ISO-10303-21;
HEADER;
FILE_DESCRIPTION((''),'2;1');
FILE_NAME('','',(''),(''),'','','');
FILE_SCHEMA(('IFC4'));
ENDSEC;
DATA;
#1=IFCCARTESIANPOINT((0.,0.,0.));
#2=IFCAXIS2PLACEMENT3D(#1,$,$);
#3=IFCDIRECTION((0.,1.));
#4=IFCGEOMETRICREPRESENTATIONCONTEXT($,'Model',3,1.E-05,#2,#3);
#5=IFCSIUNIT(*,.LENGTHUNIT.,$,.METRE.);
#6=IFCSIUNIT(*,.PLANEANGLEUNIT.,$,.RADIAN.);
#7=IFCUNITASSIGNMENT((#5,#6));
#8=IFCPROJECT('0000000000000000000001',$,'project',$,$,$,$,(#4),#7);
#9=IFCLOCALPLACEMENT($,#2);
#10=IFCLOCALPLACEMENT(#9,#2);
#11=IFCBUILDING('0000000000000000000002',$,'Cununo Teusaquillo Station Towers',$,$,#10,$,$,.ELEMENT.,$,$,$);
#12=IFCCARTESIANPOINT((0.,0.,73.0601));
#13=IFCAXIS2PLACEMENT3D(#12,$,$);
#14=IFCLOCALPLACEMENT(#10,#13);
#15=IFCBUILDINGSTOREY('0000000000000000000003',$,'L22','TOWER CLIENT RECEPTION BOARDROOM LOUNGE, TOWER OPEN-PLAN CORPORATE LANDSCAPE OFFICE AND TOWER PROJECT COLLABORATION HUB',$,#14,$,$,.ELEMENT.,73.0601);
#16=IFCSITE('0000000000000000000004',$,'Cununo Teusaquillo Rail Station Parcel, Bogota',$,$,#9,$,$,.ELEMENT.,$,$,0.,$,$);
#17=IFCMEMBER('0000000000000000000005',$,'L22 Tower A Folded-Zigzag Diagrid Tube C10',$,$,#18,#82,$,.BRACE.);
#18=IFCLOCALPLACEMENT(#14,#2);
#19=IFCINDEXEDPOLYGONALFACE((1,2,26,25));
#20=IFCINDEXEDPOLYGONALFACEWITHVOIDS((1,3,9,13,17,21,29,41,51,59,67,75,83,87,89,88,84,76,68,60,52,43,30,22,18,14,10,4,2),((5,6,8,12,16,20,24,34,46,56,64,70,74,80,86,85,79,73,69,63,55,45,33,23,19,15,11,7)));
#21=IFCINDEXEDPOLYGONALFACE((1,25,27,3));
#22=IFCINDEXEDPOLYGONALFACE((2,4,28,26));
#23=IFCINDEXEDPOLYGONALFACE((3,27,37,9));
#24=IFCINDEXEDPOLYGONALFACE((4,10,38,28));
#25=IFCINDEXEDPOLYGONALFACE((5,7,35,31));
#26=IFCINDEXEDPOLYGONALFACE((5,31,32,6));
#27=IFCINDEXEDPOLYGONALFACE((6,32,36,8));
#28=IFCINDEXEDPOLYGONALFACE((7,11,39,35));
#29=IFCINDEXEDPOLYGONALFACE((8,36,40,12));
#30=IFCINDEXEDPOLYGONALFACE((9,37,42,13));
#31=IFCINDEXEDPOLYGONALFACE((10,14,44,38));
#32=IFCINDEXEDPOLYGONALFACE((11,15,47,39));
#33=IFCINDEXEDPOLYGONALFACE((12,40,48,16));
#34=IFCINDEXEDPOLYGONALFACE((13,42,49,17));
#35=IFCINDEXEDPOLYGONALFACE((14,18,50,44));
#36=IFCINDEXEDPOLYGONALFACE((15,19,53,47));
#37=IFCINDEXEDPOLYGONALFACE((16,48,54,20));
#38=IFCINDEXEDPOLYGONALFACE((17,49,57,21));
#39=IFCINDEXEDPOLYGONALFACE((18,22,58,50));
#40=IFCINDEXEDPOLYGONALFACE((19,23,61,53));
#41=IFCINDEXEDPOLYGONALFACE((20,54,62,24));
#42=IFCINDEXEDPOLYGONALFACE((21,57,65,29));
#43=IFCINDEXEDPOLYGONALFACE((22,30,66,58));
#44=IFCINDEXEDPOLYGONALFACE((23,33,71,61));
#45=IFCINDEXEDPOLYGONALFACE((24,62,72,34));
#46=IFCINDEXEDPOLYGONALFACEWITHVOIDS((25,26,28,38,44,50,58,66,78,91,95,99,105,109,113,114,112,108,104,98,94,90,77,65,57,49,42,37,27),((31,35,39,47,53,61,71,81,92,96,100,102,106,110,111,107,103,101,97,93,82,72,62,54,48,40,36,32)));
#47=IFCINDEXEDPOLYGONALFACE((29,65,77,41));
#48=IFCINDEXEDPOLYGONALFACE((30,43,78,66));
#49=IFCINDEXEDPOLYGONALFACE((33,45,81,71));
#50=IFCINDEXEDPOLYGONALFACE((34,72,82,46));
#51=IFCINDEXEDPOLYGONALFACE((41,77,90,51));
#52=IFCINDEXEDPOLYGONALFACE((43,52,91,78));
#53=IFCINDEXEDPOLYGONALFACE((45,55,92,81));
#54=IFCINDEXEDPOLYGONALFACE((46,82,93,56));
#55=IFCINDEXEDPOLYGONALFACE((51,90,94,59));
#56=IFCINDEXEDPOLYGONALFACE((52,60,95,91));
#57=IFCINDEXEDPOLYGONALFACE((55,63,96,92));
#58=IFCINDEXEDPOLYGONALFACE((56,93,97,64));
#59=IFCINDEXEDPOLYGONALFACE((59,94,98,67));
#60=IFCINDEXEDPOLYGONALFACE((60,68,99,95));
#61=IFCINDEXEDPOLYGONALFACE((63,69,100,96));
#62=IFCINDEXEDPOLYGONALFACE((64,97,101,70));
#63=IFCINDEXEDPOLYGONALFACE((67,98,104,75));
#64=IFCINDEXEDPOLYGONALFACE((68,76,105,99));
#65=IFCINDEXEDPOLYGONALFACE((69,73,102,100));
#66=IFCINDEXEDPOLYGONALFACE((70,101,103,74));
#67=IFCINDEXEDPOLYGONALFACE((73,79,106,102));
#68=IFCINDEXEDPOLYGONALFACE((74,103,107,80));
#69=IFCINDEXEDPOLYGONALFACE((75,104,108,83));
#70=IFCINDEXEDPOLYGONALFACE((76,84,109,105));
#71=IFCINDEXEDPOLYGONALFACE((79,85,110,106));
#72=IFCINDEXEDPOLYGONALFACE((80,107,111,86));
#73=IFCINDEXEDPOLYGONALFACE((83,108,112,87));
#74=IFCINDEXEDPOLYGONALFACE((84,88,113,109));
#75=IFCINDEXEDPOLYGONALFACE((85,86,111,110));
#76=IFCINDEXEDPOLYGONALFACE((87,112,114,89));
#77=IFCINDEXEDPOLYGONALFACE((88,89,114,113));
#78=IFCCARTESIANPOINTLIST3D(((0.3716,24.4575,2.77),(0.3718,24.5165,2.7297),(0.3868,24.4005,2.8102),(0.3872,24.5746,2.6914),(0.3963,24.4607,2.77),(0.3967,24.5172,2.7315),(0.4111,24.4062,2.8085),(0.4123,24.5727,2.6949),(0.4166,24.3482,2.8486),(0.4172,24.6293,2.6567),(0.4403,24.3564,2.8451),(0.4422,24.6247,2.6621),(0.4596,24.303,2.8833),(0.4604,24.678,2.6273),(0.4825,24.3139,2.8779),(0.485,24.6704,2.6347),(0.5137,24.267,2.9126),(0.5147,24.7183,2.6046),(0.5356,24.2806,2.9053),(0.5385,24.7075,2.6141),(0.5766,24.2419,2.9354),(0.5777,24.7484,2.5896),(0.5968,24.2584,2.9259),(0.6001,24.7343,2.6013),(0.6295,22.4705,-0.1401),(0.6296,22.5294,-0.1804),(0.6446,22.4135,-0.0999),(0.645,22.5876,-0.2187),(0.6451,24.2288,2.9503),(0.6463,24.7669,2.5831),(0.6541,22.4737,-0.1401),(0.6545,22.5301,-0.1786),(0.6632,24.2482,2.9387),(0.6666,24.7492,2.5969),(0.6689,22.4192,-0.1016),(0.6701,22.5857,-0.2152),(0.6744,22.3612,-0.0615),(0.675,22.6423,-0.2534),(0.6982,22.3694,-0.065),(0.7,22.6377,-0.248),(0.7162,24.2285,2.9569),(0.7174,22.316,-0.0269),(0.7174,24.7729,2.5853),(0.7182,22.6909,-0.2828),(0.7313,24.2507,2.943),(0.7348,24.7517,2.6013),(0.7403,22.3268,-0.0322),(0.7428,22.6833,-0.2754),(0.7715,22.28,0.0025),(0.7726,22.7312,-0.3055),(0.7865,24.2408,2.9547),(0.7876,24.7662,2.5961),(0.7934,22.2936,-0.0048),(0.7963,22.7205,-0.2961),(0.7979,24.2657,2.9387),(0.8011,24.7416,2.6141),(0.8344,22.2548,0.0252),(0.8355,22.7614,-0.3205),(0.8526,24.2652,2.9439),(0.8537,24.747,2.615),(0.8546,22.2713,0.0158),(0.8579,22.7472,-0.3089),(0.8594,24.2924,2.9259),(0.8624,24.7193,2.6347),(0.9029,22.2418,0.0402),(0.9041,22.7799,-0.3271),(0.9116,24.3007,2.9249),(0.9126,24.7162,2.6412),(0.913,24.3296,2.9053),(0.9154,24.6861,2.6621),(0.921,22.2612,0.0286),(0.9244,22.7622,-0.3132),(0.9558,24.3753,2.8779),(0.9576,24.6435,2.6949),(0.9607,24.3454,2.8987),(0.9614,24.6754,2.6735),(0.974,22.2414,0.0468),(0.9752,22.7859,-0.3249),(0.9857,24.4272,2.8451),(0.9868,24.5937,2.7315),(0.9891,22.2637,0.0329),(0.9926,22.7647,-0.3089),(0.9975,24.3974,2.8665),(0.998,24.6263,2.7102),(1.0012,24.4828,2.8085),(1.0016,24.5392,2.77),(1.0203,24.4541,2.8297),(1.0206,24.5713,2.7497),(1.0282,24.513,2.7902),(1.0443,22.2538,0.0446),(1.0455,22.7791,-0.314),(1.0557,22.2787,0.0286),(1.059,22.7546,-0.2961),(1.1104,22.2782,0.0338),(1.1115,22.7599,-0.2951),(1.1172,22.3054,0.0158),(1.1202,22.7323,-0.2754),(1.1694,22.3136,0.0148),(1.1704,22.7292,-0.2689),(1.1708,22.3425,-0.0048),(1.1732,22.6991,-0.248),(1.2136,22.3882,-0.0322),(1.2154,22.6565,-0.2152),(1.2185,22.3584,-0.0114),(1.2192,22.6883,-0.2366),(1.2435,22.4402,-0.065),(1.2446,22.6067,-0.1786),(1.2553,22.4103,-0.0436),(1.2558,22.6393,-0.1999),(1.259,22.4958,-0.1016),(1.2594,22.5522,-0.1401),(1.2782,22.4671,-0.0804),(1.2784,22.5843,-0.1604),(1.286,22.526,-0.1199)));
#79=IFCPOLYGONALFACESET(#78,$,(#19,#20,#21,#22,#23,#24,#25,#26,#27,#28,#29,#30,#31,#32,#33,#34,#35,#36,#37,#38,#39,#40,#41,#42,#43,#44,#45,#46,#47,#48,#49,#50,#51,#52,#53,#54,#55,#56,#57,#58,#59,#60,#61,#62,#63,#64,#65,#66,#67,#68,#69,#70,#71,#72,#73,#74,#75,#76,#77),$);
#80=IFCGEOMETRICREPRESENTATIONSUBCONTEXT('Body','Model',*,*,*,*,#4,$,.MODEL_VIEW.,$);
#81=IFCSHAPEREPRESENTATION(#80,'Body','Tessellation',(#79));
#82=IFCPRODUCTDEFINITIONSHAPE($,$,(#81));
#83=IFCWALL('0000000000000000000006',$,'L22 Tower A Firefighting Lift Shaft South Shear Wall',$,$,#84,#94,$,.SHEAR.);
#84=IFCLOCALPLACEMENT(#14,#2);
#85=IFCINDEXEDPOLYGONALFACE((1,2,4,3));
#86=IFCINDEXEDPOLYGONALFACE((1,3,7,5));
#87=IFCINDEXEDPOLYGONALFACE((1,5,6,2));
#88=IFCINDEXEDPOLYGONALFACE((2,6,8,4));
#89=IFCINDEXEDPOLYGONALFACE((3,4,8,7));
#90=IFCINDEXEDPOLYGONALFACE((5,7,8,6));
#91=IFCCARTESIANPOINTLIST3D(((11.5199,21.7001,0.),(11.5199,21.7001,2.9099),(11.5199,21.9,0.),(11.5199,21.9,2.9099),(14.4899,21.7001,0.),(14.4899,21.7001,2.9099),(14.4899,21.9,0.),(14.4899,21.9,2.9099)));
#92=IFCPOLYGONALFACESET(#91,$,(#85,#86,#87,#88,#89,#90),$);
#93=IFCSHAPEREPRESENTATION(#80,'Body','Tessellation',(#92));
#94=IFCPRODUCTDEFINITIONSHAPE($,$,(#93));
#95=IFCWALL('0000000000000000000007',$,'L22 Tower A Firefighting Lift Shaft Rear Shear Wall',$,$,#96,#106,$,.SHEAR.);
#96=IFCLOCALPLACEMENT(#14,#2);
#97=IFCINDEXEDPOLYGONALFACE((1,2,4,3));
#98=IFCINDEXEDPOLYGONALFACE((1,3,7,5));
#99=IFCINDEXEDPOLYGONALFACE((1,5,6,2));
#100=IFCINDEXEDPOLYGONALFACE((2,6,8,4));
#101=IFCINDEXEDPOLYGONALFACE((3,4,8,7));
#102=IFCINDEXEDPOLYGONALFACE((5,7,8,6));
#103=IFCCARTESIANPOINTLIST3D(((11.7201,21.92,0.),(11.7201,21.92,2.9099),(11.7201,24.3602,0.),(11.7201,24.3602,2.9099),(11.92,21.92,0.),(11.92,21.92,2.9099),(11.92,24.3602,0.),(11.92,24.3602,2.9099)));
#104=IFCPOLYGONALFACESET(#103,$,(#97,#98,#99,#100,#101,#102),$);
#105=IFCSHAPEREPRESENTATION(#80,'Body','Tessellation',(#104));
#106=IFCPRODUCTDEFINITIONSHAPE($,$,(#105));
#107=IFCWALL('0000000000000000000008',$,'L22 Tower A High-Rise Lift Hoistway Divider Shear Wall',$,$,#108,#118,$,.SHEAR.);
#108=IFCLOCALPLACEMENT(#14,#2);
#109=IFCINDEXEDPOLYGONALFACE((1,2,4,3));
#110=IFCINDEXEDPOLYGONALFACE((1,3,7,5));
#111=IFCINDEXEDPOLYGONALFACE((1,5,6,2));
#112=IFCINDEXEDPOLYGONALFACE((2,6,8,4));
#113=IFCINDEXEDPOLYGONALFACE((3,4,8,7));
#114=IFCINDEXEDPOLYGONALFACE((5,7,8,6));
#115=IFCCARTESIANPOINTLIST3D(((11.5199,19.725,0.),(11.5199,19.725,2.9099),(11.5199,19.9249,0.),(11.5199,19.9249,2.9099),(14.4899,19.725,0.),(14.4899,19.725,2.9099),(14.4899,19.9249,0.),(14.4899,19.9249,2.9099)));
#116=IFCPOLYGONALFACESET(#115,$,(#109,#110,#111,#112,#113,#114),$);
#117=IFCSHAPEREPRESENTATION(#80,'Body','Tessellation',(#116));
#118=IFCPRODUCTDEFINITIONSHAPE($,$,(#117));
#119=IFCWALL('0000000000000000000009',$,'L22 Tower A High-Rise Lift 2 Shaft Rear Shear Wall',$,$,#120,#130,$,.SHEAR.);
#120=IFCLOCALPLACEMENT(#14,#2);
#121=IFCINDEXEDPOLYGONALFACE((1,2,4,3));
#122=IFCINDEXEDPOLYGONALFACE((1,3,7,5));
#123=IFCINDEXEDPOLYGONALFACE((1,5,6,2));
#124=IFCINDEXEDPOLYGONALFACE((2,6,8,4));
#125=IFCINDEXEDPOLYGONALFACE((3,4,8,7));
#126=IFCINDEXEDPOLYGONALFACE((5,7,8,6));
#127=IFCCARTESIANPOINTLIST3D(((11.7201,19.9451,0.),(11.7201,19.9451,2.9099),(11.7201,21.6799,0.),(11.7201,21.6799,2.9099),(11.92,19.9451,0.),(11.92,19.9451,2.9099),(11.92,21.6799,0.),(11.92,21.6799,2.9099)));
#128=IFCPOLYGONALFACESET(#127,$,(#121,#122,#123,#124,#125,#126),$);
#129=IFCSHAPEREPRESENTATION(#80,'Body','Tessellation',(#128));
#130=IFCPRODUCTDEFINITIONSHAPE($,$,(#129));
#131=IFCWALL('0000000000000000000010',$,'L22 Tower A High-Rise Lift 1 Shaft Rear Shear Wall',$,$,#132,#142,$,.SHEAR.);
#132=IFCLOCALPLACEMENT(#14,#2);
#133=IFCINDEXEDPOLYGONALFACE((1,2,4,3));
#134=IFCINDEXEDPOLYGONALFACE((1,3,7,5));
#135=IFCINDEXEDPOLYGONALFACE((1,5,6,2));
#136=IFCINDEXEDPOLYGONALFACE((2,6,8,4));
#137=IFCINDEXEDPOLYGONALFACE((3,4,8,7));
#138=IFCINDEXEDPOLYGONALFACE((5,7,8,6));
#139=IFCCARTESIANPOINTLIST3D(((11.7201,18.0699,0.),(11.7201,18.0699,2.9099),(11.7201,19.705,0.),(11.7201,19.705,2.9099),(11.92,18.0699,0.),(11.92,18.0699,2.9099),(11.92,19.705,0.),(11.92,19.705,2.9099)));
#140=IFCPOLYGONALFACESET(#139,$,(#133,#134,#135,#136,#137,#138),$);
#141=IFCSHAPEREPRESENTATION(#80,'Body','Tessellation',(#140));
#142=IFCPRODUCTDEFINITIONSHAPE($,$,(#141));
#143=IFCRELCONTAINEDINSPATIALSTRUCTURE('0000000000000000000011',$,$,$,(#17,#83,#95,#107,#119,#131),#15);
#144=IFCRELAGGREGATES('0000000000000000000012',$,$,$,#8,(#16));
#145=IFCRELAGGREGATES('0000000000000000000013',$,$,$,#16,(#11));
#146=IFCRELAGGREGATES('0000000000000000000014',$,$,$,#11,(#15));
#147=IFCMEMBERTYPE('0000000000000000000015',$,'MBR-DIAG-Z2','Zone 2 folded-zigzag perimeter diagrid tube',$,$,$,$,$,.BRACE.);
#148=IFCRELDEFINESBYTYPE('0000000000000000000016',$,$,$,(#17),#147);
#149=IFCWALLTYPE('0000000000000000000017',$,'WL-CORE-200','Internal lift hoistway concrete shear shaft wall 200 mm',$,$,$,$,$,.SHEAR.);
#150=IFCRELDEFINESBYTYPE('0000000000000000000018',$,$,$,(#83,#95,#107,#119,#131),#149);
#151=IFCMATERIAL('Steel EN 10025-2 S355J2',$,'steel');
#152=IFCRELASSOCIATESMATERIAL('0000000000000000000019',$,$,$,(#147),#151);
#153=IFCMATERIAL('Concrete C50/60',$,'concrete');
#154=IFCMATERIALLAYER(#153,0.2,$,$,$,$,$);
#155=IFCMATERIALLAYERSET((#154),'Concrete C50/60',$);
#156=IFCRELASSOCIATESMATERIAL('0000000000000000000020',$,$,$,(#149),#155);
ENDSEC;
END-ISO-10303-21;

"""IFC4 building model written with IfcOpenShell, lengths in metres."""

from ifc_helpers import new_model, si_unit, direction, frame, frame_2d, origin, origin_2d, place, context, subcontext, project, spatial, rectangle, hollow_circle, extrude, material, layer, layer_set, material_profile, profile_set, type_object, element, save


model = new_model("IFC4")

# Units and contexts
model_context = context("Model", 3, precision=1e-05, world=origin(), true_north=direction((0.0, 1.0)))
body_context = subcontext(model_context, "Body", "Model", "MODEL_VIEW")
ifc_project = project(units=[si_unit("LENGTHUNIT", "METRE"), si_unit("PLANEANGLEUNIT", "RADIAN")], contexts=[model_context])

# Site, building, storey
site_placement = place(None, origin())
site = spatial("IfcSite", under=ifc_project, at=site_placement, Name="Cununo Teusaquillo Rail Station Parcel, Bogota", CompositionType="ELEMENT", RefElevation=0.0)
building_placement = place(site_placement, origin())
building = spatial("IfcBuilding", under=site, at=building_placement, Name="Cununo Teusaquillo Station Towers", CompositionType="ELEMENT")
storey_placement = place(building_placement, frame((0.0, 0.0, 73.0601)))
storey = spatial("IfcBuildingStorey", under=building, at=storey_placement, Name="L22", Description="TOWER CLIENT RECEPTION BOARDROOM LOUNGE, TOWER OPEN-PLAN CORPORATE LANDSCAPE OFFICE AND TOWER PROJECT COLLABORATION HUB", CompositionType="ELEMENT", Elevation=73.0601)

# Member
ifc_material_1 = material(Name="Steel EN 10025-2 S355J2", Category="steel")
ifc_material_profile_1 = material_profile(ifc_material_1, hollow_circle(Radius=0.3301, WallThickness=0.0249, at=origin_2d()), Name="CHS 660x25")
ifc_profile_set_1 = profile_set([ifc_material_profile_1], Name="Steel EN 10025-2 S355J2")
member_type = type_object("IfcMemberType", Name="MBR-DIAG-Z2", Description="Zone 2 folded-zigzag perimeter diagrid tube", PredefinedType="BRACE", material=ifc_profile_set_1)
member_placement = place(storey_placement, frame((0.9568, 22.5129, -0.1401), z_axis=(-0.072967, 0.562388, 0.823648), x_axis=(-0.991688, -0.128667, 0.0)))
element("IfcMember", 1, at=member_placement, inside=storey, type_object=member_type, Name="L22 Tower A Folded-Zigzag Diagrid Tube C10", PredefinedType="BRACE", context=body_context, shape_type="SweptSolid", body=[
    extrude(hollow_circle(Radius=0.3301, WallThickness=0.0249, at=origin_2d()), origin(), (0.0, 0.0, 1.0), 3.5332),
])

# Walls
ifc_material_2 = material(Name="Concrete C50/60", Category="concrete")
ifc_layer_1 = layer(ifc_material_2, 0.2)
ifc_layer_set_1 = layer_set([ifc_layer_1], Name="Concrete C50/60")
wall_type_1 = type_object("IfcWallType", Name="WL-CORE-200", Description="Internal lift hoistway concrete shear shaft wall 200 mm", PredefinedType="SHEAR", material=ifc_layer_set_1)
wall_1_placement = place(storey_placement, frame((11.52, 21.8, 0.0), z_axis=(0.0, 0.0, 1.0), x_axis=(1.0, 0.0, 0.0)))
element("IfcWall", 2, at=wall_1_placement, inside=storey, type_object=wall_type_1, Name="L22 Tower A Firefighting Lift Shaft South Shear Wall", PredefinedType="SHEAR", context=body_context, shape_type="SweptSolid", body=[
    extrude(rectangle(XDim=2.97, YDim=0.2, at=frame_2d((1.4849, 0.0))), origin(), (0.0, 0.0, 1.0), 2.9099),
])
wall_2_placement = place(storey_placement, frame((11.8201, 21.9199, 0.0), z_axis=(0.0, 0.0, 1.0), x_axis=(0.0, 1.0, 0.0)))
element("IfcWall", 3, at=wall_2_placement, inside=storey, type_object=wall_type_1, Name="L22 Tower A Firefighting Lift Shaft Rear Shear Wall", PredefinedType="SHEAR", context=body_context, shape_type="SweptSolid", body=[
    extrude(rectangle(XDim=2.4402, YDim=0.2, at=frame_2d((1.2202, 0.0))), origin(), (0.0, 0.0, 1.0), 2.9099),
])
wall_3_placement = place(storey_placement, frame((11.52, 19.825, 0.0), z_axis=(0.0, 0.0, 1.0), x_axis=(1.0, 0.0, 0.0)))
element("IfcWall", 4, at=wall_3_placement, inside=storey, type_object=wall_type_1, Name="L22 Tower A High-Rise Lift Hoistway Divider Shear Wall", PredefinedType="SHEAR", context=body_context, shape_type="SweptSolid", body=[
    extrude(rectangle(XDim=2.97, YDim=0.2, at=frame_2d((1.4849, 0.0))), origin(), (0.0, 0.0, 1.0), 2.9099),
])
wall_4_placement = place(storey_placement, frame((11.8201, 19.9451, 0.0), z_axis=(0.0, 0.0, 1.0), x_axis=(0.0, 1.0, 0.0)))
element("IfcWall", 5, at=wall_4_placement, inside=storey, type_object=wall_type_1, Name="L22 Tower A High-Rise Lift 2 Shaft Rear Shear Wall", PredefinedType="SHEAR", context=body_context, shape_type="SweptSolid", body=[
    extrude(rectangle(XDim=1.7349, YDim=0.2, at=frame_2d((0.8674, 0.0))), origin(), (0.0, 0.0, 1.0), 2.9099),
])
wall_5_placement = place(storey_placement, frame((11.8201, 18.0701, 0.0), z_axis=(0.0, 0.0, 1.0), x_axis=(0.0, 1.0, 0.0)))
element("IfcWall", 6, at=wall_5_placement, inside=storey, type_object=wall_type_1, Name="L22 Tower A High-Rise Lift 1 Shaft Rear Shear Wall", PredefinedType="SHEAR", context=body_context, shape_type="SweptSolid", body=[
    extrude(rectangle(XDim=1.635, YDim=0.2, at=frame_2d((0.8174, 0.0))), origin(), (0.0, 0.0, 1.0), 2.9099),
])

save(model, "model.ifc")
